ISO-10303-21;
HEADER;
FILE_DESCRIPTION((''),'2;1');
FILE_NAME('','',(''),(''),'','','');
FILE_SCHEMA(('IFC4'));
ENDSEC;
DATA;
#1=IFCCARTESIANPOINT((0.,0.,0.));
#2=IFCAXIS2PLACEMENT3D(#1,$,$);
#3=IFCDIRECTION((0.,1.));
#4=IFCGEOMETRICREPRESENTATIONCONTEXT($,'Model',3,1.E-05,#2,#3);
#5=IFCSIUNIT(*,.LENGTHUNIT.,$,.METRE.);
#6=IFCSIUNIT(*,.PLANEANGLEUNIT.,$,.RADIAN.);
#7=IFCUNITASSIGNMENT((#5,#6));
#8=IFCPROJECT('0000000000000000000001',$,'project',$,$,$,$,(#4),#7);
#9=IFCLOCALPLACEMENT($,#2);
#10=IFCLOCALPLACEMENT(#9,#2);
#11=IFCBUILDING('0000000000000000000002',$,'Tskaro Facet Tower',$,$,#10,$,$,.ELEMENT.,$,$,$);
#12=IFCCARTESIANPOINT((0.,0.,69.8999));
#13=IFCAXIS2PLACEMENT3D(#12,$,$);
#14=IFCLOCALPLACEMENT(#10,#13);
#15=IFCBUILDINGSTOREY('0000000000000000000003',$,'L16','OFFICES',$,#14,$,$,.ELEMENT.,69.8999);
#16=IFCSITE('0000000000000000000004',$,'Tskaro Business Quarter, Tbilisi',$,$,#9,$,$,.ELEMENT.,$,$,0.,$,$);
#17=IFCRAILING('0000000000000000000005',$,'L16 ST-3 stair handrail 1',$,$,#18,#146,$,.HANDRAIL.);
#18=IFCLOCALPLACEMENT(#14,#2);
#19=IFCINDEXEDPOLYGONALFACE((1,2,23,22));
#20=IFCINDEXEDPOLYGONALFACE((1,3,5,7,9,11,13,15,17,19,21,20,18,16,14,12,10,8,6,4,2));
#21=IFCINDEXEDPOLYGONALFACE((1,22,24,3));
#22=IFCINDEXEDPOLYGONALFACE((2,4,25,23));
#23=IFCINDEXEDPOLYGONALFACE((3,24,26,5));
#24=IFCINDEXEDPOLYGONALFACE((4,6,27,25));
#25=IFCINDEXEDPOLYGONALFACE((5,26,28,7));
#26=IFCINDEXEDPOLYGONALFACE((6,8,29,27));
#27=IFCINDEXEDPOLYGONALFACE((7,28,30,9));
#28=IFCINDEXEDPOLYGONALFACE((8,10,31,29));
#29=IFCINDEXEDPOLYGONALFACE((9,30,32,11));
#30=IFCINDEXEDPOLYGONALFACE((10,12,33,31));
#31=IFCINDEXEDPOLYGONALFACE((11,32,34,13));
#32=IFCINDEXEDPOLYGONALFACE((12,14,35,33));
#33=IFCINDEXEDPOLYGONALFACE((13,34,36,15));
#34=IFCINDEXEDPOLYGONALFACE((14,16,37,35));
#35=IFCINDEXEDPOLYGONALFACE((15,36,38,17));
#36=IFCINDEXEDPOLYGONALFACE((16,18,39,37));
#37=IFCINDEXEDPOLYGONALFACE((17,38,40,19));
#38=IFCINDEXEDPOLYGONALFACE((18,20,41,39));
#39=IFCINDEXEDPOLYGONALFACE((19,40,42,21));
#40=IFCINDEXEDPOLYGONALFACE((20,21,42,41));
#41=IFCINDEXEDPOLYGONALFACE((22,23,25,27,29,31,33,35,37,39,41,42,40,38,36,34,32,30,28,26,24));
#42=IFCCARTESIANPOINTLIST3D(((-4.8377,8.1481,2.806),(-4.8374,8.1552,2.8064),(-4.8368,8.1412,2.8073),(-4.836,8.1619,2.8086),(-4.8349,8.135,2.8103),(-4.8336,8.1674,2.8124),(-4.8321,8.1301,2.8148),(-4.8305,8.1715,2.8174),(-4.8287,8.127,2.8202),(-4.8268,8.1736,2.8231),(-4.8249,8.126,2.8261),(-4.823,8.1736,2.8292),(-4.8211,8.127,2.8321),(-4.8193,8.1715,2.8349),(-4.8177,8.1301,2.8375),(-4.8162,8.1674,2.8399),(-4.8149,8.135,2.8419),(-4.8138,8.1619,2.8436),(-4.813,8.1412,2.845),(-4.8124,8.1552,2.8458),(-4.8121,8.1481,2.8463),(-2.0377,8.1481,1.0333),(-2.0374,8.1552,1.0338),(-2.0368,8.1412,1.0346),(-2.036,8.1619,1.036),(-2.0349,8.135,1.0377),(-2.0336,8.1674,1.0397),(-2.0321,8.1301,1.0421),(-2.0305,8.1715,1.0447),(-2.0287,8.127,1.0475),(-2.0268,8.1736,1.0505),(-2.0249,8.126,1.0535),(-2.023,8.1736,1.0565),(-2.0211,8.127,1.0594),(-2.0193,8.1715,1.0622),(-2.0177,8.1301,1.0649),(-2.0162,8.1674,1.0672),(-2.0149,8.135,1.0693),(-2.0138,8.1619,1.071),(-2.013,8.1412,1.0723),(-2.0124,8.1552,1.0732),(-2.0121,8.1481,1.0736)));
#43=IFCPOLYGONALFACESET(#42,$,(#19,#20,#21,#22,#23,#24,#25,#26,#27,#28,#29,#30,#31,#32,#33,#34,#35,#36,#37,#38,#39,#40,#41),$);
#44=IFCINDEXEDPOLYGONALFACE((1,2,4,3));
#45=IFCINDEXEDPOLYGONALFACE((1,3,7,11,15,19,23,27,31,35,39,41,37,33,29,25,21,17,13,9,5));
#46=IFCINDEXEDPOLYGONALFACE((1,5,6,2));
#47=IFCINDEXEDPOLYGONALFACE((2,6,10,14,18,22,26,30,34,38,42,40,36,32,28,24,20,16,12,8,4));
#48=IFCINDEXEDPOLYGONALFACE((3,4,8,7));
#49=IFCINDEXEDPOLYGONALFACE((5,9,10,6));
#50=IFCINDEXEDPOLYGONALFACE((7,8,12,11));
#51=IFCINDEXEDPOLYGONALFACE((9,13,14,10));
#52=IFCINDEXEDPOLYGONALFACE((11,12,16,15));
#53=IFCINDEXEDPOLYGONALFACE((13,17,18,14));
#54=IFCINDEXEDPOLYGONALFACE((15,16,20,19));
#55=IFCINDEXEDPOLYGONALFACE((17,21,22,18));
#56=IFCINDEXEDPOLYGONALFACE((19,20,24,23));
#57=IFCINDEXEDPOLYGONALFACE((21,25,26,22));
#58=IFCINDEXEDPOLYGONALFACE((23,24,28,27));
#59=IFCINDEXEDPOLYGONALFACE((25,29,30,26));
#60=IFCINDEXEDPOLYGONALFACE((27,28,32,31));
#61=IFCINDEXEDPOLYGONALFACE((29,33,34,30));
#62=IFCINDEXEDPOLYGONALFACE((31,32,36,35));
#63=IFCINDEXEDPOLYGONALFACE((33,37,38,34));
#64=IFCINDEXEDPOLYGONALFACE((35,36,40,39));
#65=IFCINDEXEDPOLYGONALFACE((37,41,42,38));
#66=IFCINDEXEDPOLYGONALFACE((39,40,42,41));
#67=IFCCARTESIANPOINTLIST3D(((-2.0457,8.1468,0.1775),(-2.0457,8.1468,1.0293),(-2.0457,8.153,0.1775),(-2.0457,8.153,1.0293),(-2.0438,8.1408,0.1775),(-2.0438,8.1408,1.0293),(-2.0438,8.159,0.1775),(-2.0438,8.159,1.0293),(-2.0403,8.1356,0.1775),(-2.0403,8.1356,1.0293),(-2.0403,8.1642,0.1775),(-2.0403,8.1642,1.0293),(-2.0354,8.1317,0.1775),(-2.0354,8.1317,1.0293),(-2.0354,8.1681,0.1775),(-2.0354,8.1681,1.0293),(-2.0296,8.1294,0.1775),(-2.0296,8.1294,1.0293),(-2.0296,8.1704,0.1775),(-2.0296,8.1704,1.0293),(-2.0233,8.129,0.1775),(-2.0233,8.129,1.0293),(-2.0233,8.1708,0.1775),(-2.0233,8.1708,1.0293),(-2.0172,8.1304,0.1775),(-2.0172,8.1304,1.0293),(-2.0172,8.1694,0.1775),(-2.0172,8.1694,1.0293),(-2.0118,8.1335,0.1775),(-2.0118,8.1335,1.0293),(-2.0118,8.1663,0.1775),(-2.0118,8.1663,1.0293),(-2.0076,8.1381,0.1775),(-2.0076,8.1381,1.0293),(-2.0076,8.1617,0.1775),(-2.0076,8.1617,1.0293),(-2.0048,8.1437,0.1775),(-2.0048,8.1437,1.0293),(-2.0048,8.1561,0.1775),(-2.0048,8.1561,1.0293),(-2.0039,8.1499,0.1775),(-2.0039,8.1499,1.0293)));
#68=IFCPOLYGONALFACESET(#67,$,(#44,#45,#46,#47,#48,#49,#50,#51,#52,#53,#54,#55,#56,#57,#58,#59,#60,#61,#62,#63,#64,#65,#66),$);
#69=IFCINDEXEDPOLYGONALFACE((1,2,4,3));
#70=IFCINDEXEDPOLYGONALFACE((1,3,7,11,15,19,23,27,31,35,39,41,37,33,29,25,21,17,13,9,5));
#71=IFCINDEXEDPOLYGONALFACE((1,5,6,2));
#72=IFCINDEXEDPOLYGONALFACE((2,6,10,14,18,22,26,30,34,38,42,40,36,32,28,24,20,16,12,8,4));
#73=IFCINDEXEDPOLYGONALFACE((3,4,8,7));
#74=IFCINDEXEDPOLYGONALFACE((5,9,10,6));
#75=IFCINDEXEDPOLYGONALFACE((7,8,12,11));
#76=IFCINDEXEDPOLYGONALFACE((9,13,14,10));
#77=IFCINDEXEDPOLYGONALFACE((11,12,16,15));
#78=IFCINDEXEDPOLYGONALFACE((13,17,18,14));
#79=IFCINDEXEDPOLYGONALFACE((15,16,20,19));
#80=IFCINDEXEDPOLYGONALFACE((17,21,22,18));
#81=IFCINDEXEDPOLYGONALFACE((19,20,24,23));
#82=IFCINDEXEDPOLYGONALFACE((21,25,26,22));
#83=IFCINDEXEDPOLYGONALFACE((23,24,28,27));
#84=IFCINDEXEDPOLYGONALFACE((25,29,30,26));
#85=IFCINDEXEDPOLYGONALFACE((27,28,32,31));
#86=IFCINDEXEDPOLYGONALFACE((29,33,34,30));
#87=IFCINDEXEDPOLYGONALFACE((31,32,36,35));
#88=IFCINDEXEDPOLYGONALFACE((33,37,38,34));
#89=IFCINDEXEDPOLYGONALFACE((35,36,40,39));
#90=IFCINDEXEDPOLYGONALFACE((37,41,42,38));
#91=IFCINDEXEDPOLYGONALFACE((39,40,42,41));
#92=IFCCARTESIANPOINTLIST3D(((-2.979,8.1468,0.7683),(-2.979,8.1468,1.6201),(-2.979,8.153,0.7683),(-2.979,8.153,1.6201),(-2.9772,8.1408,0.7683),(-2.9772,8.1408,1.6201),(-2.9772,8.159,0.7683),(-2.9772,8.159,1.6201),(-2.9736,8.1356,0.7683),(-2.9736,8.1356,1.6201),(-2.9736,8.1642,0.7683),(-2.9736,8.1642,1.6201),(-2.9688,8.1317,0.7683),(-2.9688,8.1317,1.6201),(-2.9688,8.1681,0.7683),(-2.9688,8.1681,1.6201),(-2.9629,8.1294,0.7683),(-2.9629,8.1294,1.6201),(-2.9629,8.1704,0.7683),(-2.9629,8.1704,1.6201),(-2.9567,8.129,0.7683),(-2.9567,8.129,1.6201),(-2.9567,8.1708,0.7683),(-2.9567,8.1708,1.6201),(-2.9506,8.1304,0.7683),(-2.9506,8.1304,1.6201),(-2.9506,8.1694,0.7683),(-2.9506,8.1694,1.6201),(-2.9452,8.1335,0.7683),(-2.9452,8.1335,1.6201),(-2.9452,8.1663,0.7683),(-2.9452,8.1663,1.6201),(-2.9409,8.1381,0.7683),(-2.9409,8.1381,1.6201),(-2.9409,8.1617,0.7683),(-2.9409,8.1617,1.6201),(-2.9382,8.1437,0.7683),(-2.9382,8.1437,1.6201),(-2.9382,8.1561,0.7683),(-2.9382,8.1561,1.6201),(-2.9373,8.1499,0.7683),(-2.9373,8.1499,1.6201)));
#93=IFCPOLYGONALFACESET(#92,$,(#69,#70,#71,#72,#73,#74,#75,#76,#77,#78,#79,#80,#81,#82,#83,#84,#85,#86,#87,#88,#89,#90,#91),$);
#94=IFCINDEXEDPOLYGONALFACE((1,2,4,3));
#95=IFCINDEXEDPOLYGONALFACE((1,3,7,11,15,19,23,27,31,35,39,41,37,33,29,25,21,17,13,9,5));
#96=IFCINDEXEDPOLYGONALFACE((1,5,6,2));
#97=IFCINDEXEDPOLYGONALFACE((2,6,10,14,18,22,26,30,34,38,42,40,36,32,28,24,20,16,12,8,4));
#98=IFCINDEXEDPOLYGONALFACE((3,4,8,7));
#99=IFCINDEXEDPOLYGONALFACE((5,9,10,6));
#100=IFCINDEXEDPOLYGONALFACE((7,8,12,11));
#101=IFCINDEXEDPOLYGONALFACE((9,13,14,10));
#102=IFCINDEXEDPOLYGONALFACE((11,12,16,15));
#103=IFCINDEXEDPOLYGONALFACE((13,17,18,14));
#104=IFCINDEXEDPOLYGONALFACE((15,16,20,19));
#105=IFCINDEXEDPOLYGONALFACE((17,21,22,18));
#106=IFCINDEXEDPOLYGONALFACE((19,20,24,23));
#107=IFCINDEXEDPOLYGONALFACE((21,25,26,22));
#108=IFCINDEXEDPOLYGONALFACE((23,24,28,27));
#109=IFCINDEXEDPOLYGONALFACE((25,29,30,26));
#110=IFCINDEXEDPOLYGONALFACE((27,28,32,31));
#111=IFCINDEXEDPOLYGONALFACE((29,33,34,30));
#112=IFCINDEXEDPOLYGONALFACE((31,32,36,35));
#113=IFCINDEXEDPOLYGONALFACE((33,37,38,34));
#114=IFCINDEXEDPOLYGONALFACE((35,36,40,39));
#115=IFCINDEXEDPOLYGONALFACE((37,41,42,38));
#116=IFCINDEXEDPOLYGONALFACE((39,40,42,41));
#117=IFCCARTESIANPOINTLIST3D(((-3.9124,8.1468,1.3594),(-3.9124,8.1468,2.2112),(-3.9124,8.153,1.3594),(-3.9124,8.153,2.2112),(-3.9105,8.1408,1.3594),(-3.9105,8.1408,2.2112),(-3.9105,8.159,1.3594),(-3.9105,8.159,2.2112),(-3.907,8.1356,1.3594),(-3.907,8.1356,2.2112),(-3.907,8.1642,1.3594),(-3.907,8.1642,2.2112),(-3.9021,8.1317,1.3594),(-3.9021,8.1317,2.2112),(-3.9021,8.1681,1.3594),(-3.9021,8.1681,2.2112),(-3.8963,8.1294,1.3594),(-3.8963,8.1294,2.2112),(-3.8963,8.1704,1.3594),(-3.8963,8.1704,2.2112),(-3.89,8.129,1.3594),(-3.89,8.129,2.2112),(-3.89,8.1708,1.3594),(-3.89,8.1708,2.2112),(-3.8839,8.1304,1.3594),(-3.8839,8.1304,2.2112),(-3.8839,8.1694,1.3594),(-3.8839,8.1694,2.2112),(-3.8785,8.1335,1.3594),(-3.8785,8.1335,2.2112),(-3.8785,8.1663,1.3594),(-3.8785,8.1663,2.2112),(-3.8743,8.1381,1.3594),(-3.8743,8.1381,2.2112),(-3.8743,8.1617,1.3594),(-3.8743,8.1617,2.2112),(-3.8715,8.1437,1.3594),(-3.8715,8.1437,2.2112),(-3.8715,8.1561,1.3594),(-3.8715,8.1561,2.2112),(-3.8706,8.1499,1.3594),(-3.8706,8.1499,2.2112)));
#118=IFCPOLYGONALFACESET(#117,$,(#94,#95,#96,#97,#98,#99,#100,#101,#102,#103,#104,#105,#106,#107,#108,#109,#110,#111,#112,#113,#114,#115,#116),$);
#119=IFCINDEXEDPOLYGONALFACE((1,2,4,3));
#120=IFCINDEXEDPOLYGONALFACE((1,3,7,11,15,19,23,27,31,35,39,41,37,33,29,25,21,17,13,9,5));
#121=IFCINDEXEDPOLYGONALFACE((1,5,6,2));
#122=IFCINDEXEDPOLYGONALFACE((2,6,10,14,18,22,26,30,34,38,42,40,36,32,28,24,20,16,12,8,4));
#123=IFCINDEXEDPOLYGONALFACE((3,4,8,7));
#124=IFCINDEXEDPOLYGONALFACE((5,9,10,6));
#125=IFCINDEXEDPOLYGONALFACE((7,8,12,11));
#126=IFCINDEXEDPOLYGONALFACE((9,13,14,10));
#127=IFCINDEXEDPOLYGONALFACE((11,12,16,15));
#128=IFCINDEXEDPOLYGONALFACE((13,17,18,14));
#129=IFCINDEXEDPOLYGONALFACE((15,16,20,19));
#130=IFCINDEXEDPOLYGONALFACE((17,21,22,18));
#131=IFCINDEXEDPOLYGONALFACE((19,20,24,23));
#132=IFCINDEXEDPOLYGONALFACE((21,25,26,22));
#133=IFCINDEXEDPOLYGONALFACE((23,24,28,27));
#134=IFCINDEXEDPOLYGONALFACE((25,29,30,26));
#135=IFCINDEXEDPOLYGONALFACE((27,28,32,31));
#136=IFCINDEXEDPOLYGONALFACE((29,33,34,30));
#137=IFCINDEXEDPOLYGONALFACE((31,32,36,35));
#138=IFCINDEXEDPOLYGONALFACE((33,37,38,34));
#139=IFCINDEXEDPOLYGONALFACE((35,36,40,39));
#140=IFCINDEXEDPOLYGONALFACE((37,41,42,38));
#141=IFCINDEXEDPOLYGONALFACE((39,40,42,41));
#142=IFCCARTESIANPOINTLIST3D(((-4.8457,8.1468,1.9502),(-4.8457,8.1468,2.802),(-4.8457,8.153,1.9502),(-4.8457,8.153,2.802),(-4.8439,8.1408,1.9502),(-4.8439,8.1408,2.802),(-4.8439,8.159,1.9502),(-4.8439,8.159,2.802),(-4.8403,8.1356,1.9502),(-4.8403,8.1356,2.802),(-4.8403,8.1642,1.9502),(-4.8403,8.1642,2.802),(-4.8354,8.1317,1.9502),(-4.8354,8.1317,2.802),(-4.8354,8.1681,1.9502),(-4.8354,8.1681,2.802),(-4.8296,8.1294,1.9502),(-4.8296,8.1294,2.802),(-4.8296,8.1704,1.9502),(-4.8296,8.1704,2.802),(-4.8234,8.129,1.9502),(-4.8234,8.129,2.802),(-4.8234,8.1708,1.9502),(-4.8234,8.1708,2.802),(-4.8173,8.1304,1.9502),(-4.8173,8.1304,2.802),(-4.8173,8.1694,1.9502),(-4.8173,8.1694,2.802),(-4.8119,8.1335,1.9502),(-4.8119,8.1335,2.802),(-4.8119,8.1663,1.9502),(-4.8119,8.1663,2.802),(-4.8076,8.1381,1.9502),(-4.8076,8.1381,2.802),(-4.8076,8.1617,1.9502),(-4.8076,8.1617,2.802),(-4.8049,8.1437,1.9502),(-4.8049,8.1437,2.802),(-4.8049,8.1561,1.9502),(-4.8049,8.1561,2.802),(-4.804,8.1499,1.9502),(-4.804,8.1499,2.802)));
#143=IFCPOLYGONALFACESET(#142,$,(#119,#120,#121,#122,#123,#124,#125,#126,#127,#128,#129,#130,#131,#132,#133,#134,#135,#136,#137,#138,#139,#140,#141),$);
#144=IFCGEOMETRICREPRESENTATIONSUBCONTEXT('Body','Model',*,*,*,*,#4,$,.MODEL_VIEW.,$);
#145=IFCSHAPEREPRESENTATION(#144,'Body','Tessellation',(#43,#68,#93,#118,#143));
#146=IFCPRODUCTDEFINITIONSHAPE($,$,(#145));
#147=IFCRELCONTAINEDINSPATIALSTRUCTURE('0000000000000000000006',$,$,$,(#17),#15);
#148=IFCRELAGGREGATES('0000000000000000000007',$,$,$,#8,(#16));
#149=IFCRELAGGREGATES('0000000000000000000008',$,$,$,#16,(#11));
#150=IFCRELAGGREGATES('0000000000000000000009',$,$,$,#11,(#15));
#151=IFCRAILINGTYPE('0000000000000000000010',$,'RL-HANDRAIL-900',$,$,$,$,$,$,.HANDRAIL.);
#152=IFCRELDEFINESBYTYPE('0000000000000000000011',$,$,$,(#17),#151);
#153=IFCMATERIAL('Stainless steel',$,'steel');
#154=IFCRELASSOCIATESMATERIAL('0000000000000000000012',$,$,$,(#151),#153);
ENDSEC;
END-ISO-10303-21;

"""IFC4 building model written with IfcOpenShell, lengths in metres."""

from ifc_helpers import new_model, si_unit, direction, frame, origin, origin_2d, place, context, subcontext, project, spatial, circle, extrude, material, type_object, element, save


model = new_model("IFC4")

# Units and contexts
model_context = context("Model", 3, precision=1e-05, world=origin(), true_north=direction((0.0, 1.0)))
body_context = subcontext(model_context, "Body", "Model", "MODEL_VIEW")
ifc_project = project(units=[si_unit("LENGTHUNIT", "METRE"), si_unit("PLANEANGLEUNIT", "RADIAN")], contexts=[model_context])

# Site, building, storey
site_placement = place(None, origin())
site = spatial("IfcSite", under=ifc_project, at=site_placement, Name="Tskaro Business Quarter, Tbilisi", CompositionType="ELEMENT", RefElevation=0.0)
building_placement = place(site_placement, origin())
building = spatial("IfcBuilding", under=site, at=building_placement, Name="Tskaro Facet Tower", CompositionType="ELEMENT")
storey_placement = place(building_placement, frame((0.0, 0.0, 69.8999)))
storey = spatial("IfcBuildingStorey", under=building, at=storey_placement, Name="L16", Description="OFFICES", CompositionType="ELEMENT", Elevation=69.8999)

# Railing
ifc_material_1 = material(Name="Stainless steel", Category="steel")
railing_type_1 = type_object("IfcRailingType", Name="RL-HANDRAIL-900", PredefinedType="HANDRAIL", material=ifc_material_1)
railing_1_placement = place(storey_placement, frame((-2.0249, 8.1499, 0.1775)))
element("IfcRailing", 1, at=railing_1_placement, inside=storey, type_object=railing_type_1, Name="L16 ST-3 stair handrail 1", PredefinedType="HANDRAIL", context=body_context, shape_type="SweptSolid", body=[
    extrude(circle(Radius=0.0239, at=origin_2d()), frame((0.0, 0.0, 0.876), z_axis=(-0.844909, 0.0, 0.53491), x_axis=(0.0, -1.0, 0.0)), (0.0, 0.0, 1.0), 3.314),
    extrude(circle(Radius=0.021, at=origin_2d()), origin(), (0.0, 0.0, 1.0), 0.8518),
    extrude(circle(Radius=0.021, at=origin_2d()), frame((-0.9333, 0.0, 0.5908)), (0.0, 0.0, 1.0), 0.8518),
    extrude(circle(Radius=0.021, at=origin_2d()), frame((-1.8667, 0.0, 1.1819)), (0.0, 0.0, 1.0), 0.8518),
    extrude(circle(Radius=0.021, at=origin_2d()), frame((-2.8, 0.0, 1.7727)), (0.0, 0.0, 1.0), 0.8518),
])

save(model, "model.ifc")
